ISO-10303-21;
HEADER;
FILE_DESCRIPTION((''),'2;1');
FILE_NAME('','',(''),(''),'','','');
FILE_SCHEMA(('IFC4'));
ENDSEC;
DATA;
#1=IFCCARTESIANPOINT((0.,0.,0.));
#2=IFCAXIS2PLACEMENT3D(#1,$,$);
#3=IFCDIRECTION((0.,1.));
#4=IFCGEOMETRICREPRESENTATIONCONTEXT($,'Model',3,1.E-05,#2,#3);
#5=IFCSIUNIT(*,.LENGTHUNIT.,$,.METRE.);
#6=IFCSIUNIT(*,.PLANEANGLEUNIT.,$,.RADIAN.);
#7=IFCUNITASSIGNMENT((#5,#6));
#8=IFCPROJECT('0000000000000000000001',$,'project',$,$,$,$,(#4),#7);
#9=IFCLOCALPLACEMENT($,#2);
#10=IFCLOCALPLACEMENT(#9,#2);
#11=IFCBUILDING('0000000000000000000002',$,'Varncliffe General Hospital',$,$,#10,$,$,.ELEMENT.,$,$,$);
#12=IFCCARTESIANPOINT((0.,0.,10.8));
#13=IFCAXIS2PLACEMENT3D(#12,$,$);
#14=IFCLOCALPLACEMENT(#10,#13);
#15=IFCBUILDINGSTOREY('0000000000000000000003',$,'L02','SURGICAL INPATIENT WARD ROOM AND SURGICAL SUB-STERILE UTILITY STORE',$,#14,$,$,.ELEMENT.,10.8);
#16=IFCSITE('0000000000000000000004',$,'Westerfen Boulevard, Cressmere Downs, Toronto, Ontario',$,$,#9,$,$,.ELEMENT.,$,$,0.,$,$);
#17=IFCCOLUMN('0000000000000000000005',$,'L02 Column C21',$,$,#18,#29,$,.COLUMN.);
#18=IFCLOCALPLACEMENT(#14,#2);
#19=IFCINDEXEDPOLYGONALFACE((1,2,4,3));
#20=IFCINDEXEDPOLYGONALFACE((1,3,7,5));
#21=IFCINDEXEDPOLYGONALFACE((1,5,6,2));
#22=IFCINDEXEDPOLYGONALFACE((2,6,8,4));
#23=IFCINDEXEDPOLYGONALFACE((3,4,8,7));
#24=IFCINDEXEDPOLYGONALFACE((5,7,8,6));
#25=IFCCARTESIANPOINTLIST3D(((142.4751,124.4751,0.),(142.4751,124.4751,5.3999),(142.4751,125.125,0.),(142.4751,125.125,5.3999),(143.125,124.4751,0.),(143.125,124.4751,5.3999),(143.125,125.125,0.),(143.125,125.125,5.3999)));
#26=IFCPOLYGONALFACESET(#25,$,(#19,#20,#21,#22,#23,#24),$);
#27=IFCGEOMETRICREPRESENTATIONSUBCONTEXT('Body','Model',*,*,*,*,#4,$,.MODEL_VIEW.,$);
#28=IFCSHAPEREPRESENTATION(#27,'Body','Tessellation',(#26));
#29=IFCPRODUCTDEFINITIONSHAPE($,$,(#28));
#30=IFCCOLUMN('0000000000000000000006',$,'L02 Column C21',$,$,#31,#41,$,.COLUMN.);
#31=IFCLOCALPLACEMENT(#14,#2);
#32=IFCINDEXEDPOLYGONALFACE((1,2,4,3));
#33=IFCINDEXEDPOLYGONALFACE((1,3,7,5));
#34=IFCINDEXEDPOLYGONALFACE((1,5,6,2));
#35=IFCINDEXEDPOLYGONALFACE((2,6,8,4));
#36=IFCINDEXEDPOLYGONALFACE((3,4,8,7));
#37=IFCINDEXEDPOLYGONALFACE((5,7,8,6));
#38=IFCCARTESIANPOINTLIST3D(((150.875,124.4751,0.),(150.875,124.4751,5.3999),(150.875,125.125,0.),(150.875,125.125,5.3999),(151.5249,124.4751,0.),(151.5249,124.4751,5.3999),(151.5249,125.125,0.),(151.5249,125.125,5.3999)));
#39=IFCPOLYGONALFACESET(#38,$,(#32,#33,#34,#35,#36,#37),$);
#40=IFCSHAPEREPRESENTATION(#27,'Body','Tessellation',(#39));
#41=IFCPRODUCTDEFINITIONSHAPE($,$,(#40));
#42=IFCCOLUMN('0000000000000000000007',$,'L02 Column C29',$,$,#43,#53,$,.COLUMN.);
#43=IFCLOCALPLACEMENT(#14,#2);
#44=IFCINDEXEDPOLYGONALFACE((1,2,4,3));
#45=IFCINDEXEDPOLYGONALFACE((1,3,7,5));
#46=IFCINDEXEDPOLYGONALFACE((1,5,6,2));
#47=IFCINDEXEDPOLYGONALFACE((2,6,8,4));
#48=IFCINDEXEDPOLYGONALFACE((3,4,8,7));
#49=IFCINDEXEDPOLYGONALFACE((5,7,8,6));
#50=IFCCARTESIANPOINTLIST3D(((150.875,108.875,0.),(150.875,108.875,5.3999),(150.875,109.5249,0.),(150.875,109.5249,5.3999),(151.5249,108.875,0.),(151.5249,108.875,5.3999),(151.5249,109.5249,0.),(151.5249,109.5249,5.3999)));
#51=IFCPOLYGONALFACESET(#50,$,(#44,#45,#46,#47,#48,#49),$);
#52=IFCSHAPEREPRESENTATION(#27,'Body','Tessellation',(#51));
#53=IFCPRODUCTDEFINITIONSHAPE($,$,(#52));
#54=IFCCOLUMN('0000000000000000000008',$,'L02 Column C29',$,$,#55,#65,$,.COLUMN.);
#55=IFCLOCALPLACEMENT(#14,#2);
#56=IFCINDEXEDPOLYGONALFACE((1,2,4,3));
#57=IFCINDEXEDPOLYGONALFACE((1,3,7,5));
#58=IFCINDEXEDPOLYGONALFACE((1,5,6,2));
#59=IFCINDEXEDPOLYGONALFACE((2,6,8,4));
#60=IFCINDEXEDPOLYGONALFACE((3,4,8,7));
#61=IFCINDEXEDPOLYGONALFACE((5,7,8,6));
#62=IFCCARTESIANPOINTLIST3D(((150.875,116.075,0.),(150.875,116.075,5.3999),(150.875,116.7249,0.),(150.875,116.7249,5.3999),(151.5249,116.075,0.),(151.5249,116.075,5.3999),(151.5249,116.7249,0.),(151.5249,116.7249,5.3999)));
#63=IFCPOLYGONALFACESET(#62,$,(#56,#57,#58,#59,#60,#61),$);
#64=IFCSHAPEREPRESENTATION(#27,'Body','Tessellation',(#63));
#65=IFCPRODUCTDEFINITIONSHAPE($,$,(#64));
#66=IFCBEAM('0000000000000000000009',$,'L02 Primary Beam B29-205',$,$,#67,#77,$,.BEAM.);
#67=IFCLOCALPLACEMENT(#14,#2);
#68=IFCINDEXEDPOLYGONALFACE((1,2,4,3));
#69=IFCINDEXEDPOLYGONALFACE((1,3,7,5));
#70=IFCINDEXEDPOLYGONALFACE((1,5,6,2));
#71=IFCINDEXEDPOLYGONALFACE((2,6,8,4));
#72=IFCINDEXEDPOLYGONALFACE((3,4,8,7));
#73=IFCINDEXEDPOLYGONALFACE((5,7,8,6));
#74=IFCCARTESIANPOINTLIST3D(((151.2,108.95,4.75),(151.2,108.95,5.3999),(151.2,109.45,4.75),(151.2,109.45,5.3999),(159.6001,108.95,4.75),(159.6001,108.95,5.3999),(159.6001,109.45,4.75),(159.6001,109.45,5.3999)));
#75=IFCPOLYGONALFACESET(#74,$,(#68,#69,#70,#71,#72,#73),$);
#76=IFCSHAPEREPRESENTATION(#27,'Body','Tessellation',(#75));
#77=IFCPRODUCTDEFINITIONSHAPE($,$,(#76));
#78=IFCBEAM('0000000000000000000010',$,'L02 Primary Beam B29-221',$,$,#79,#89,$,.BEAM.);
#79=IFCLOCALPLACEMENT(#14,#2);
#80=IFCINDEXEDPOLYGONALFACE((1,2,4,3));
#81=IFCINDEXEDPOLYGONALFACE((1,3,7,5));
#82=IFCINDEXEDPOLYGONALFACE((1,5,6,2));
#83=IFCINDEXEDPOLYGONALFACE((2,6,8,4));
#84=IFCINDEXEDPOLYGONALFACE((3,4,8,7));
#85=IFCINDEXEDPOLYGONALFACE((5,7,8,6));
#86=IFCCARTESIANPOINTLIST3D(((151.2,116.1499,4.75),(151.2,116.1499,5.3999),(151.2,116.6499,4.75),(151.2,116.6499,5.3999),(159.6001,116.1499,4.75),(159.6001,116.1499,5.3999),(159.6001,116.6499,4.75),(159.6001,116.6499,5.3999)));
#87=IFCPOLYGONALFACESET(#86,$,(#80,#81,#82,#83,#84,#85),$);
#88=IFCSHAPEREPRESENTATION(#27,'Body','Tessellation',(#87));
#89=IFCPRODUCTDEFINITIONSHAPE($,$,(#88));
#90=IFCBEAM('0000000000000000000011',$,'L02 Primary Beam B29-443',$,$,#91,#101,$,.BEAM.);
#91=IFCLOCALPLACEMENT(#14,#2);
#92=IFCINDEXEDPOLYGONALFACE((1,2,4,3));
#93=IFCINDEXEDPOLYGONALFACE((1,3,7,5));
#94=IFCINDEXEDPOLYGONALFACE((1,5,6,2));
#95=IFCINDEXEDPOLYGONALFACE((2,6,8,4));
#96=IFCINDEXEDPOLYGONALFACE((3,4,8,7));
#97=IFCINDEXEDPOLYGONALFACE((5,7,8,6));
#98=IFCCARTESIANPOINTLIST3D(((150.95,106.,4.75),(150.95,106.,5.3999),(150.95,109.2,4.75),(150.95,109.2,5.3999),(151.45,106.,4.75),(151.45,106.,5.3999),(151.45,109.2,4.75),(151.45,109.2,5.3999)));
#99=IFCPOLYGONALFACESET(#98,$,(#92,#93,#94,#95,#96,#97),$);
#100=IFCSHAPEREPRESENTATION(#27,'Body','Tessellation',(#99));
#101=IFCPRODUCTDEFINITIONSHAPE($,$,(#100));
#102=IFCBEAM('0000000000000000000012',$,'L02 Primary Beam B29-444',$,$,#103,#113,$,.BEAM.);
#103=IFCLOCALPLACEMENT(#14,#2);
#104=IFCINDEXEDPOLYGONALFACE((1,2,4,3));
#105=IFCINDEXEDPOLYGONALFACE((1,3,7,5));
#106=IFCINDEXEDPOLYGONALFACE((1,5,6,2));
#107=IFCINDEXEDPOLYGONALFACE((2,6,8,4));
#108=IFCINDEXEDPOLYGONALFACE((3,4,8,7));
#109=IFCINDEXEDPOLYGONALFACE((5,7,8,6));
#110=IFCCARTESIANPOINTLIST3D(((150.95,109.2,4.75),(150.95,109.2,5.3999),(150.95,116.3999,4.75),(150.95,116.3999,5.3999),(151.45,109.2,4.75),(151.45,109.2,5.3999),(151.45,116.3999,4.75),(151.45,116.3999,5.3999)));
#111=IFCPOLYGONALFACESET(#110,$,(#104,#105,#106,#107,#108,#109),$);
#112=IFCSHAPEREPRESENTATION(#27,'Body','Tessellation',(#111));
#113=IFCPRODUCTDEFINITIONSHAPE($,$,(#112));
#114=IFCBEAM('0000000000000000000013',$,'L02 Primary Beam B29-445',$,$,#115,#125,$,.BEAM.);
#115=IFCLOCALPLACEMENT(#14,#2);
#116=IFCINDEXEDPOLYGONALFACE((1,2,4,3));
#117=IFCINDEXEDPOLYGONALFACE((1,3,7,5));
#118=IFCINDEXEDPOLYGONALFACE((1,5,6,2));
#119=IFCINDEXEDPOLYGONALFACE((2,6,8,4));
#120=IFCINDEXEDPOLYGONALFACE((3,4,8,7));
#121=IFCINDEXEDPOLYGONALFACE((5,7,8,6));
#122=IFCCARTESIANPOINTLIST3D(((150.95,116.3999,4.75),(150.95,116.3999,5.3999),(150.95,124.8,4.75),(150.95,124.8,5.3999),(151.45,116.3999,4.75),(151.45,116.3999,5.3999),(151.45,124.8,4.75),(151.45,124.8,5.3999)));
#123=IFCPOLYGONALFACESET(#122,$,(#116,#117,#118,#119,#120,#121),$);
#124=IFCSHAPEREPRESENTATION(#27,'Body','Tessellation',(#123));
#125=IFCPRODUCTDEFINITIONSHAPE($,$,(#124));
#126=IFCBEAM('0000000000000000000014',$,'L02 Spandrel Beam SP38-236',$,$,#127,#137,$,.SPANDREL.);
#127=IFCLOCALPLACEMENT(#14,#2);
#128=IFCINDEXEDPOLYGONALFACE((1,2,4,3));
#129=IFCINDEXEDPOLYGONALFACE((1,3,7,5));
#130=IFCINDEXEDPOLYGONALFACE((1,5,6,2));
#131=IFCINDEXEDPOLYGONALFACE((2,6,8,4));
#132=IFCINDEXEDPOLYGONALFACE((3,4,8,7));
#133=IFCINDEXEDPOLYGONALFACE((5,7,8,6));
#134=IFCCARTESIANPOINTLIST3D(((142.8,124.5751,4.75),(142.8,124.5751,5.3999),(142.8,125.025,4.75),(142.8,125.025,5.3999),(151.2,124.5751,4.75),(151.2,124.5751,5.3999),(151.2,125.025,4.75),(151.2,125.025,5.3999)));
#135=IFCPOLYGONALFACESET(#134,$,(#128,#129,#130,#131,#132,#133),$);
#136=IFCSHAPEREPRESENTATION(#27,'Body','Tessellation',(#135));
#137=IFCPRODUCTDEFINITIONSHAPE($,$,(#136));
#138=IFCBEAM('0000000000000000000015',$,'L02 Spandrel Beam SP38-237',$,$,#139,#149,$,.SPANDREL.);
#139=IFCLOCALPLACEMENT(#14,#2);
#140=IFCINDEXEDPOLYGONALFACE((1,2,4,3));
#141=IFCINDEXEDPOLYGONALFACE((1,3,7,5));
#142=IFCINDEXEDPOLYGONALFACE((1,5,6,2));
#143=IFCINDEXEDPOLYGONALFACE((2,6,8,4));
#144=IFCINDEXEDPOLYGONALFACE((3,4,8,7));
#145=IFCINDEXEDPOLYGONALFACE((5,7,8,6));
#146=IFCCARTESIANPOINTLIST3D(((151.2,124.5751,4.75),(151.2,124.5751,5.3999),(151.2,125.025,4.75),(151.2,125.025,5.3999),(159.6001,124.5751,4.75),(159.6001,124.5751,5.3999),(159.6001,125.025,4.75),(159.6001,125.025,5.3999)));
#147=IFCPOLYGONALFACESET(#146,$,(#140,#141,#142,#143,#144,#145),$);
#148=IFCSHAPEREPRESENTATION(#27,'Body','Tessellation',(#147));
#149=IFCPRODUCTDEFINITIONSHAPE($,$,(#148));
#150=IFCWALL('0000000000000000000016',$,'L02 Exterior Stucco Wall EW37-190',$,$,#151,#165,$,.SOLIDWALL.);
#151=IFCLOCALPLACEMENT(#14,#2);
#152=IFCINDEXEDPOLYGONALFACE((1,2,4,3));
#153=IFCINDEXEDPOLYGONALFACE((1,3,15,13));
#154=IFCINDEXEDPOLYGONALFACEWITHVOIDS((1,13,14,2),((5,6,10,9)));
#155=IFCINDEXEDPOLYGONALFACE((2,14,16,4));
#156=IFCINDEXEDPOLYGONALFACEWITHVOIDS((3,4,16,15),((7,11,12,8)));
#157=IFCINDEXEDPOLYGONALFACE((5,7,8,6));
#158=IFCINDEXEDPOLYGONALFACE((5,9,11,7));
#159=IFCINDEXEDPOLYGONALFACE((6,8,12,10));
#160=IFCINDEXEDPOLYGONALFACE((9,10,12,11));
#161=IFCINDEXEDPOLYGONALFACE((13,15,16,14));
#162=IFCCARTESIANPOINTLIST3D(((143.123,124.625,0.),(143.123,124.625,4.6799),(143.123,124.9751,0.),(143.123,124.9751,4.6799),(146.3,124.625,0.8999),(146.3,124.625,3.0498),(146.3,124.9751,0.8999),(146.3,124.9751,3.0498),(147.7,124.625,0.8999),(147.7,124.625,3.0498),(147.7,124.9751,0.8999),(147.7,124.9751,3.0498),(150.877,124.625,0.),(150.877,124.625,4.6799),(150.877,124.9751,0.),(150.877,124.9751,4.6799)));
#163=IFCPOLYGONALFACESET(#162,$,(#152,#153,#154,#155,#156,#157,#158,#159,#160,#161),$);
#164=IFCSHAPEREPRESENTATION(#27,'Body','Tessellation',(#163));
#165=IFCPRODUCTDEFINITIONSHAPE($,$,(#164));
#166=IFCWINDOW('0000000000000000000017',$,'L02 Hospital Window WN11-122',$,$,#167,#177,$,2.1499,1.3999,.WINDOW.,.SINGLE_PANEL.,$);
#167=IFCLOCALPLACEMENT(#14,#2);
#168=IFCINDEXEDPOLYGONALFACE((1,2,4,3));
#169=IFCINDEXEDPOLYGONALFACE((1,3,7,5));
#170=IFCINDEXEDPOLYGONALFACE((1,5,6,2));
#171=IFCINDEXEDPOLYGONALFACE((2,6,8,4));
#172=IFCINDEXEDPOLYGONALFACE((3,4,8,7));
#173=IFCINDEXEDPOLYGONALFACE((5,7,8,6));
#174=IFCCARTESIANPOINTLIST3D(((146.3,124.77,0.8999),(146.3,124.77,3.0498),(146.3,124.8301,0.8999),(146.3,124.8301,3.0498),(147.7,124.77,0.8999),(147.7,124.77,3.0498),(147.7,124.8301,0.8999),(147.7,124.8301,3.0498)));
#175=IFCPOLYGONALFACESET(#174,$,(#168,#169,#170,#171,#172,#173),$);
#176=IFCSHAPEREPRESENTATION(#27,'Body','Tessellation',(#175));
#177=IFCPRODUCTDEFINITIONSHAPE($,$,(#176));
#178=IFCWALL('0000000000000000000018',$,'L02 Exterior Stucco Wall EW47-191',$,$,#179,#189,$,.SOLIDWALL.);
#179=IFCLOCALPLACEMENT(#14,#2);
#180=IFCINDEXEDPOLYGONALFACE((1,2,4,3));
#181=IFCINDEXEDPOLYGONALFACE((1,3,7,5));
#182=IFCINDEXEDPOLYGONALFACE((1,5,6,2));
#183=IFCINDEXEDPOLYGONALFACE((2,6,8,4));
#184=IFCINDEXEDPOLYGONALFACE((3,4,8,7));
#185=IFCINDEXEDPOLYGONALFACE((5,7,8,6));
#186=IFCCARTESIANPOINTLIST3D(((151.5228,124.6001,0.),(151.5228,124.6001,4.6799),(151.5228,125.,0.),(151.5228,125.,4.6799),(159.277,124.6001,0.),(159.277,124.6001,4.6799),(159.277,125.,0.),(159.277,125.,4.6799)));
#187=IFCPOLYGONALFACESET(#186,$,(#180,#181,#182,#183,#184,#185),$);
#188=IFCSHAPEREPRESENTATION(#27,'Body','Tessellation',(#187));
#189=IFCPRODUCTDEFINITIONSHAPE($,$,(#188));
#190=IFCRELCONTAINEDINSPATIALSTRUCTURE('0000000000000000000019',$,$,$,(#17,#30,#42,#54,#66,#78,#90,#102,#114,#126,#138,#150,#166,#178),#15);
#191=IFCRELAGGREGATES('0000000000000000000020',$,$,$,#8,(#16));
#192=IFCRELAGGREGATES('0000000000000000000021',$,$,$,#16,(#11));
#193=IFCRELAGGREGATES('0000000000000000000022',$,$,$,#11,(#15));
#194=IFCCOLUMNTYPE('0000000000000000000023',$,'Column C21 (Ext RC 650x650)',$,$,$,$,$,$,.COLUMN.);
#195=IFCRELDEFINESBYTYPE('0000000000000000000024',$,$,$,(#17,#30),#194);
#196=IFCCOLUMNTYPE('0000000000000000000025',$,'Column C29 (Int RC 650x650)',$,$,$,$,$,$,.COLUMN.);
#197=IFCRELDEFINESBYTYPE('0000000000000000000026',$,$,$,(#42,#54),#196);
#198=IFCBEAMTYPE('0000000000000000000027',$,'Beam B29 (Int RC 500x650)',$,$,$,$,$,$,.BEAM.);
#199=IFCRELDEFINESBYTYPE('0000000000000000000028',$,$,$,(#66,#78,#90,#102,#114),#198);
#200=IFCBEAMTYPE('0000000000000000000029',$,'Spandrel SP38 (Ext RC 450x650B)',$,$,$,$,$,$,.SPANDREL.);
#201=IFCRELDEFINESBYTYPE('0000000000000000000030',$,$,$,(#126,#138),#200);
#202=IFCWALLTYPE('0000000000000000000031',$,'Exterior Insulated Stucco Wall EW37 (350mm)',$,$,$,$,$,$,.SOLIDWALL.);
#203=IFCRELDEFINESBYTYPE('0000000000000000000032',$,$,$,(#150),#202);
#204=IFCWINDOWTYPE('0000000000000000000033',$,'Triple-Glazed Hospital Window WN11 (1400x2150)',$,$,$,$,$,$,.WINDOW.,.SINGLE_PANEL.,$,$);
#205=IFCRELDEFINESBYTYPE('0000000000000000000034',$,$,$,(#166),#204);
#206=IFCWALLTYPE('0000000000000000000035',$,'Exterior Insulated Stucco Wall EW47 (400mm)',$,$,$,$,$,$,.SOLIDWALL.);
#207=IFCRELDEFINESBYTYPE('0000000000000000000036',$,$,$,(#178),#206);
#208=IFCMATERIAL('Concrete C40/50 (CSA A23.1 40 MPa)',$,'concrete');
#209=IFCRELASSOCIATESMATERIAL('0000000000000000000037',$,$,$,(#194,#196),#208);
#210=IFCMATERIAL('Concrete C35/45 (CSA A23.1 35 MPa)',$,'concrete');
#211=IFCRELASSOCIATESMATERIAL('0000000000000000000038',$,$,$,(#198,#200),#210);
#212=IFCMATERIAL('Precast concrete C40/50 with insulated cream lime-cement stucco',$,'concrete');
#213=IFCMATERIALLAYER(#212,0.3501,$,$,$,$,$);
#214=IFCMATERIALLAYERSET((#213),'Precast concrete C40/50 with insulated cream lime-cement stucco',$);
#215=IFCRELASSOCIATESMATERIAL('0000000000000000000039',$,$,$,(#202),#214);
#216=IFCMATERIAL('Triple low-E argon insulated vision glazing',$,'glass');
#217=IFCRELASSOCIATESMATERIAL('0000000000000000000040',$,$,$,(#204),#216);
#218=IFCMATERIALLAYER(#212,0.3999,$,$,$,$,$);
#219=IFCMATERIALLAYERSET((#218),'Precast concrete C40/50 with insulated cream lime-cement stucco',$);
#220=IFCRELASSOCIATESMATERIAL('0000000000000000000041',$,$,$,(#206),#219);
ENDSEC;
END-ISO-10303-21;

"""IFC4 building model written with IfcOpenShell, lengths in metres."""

from ifc_helpers import new_model, si_unit, direction, frame, frame_2d, origin, origin_2d, place, context, subcontext, project, spatial, rectangle, extrude, material, layer, layer_set, material_profile, profile_set, type_object, element, fill, save


model = new_model("IFC4")

# Units and contexts
model_context = context("Model", 3, precision=1e-05, world=origin(), true_north=direction((0.0, 1.0)))
body_context = subcontext(model_context, "Body", "Model", "MODEL_VIEW")
ifc_project = project(units=[si_unit("LENGTHUNIT", "METRE"), si_unit("PLANEANGLEUNIT", "RADIAN")], contexts=[model_context])

# Site, building, storey
site_placement = place(None, origin())
site = spatial("IfcSite", under=ifc_project, at=site_placement, Name="Westerfen Boulevard, Cressmere Downs, Toronto, Ontario", CompositionType="ELEMENT", RefElevation=0.0)
building_placement = place(site_placement, origin())
building = spatial("IfcBuilding", under=site, at=building_placement, Name="Varncliffe General Hospital", CompositionType="ELEMENT")
storey_placement = place(building_placement, frame((0.0, 0.0, 10.8)))
storey = spatial("IfcBuildingStorey", under=building, at=storey_placement, Name="L02", Description="SURGICAL INPATIENT WARD ROOM AND SURGICAL SUB-STERILE UTILITY STORE", CompositionType="ELEMENT", Elevation=10.8)

# Columns
ifc_material_1 = material(Name="Concrete C40/50 (CSA A23.1 40 MPa)", Category="concrete")
ifc_material_profile_1 = material_profile(ifc_material_1, rectangle(XDim=0.6499, YDim=0.6499, at=origin_2d()), Name="RC 650x650")
ifc_profile_set_1 = profile_set([ifc_material_profile_1], Name="Concrete C40/50 (CSA A23.1 40 MPa)")
column_type_1 = type_object("IfcColumnType", Name="Column C21 (Ext RC 650x650)", PredefinedType="COLUMN", material=ifc_profile_set_1)
for number, where, z_axis, x_axis, name in (
    (1, (142.8, 124.8, 0.0), (0.0, 0.0, 1.0), (1.0, 0.0, 0.0), "L02 Column C21"),
    (2, (151.2, 124.8, 0.0), (0.0, 0.0, 1.0), (1.0, 0.0, 0.0), "L02 Column C21"),
):
    element("IfcColumn", number, at=place(storey_placement, frame(where, z_axis=z_axis, x_axis=x_axis)), inside=storey, type_object=column_type_1, Name=name, PredefinedType="COLUMN", context=body_context, shape_type="SweptSolid", body=[
        extrude(rectangle(XDim=0.6499, YDim=0.6499, at=origin_2d()), origin(), (0.0, 0.0, 1.0), 5.3999),
    ])
ifc_material_profile_2 = material_profile(ifc_material_1, rectangle(XDim=0.6499, YDim=0.6499, at=origin_2d()), Name="RC 650x650")
ifc_profile_set_2 = profile_set([ifc_material_profile_2], Name="Concrete C40/50 (CSA A23.1 40 MPa)")
column_type_2 = type_object("IfcColumnType", Name="Column C29 (Int RC 650x650)", PredefinedType="COLUMN", material=ifc_profile_set_2)
for number, where, z_axis, x_axis, name in (
    (3, (151.2, 109.2, 0.0), (0.0, 0.0, 1.0), (1.0, 0.0, 0.0), "L02 Column C29"),
    (4, (151.2, 116.3999, 0.0), (0.0, 0.0, 1.0), (1.0, 0.0, 0.0), "L02 Column C29"),
):
    element("IfcColumn", number, at=place(storey_placement, frame(where, z_axis=z_axis, x_axis=x_axis)), inside=storey, type_object=column_type_2, Name=name, PredefinedType="COLUMN", context=body_context, shape_type="SweptSolid", body=[
        extrude(rectangle(XDim=0.6499, YDim=0.6499, at=origin_2d()), origin(), (0.0, 0.0, 1.0), 5.3999),
    ])

# Beams
ifc_material_2 = material(Name="Concrete C35/45 (CSA A23.1 35 MPa)", Category="concrete")
ifc_material_profile_3 = material_profile(ifc_material_2, rectangle(XDim=0.5, YDim=0.6499, at=origin_2d()), Name="RC 500x650")
ifc_profile_set_3 = profile_set([ifc_material_profile_3], Name="Concrete C35/45 (CSA A23.1 35 MPa)")
beam_type_1 = type_object("IfcBeamType", Name="Beam B29 (Int RC 500x650)", PredefinedType="BEAM", material=ifc_profile_set_3)
for number, where, z_axis, x_axis, name in (
    (5, (151.2, 109.2, 5.075), (1.0, 0.0, 0.0), (0.0, 1.0, 0.0), "L02 Primary Beam B29-205"),
    (6, (151.2, 116.3999, 5.075), (1.0, 0.0, 0.0), (0.0, 1.0, 0.0), "L02 Primary Beam B29-221"),
):
    element("IfcBeam", number, at=place(storey_placement, frame(where, z_axis=z_axis, x_axis=x_axis)), inside=storey, type_object=beam_type_1, Name=name, PredefinedType="BEAM", context=body_context, shape_type="SweptSolid", body=[
        extrude(rectangle(XDim=0.5, YDim=0.6499, at=origin_2d()), origin(), (0.0, 0.0, 1.0), 8.4001),
    ])
beam_1_placement = place(storey_placement, frame((151.2, 106.0, 5.075), z_axis=(0.0, 1.0, 0.0), x_axis=(-1.0, 0.0, 0.0)))
element("IfcBeam", 7, at=beam_1_placement, inside=storey, type_object=beam_type_1, Name="L02 Primary Beam B29-443", PredefinedType="BEAM", context=body_context, shape_type="SweptSolid", body=[
    extrude(rectangle(XDim=0.5, YDim=0.6499, at=origin_2d()), origin(), (0.0, 0.0, 1.0), 3.2),
])
beam_2_placement = place(storey_placement, frame((151.2, 109.2, 5.075), z_axis=(0.0, 1.0, 0.0), x_axis=(-1.0, 0.0, 0.0)))
element("IfcBeam", 8, at=beam_2_placement, inside=storey, type_object=beam_type_1, Name="L02 Primary Beam B29-444", PredefinedType="BEAM", context=body_context, shape_type="SweptSolid", body=[
    extrude(rectangle(XDim=0.5, YDim=0.6499, at=origin_2d()), origin(), (0.0, 0.0, 1.0), 7.2),
])
beam_3_placement = place(storey_placement, frame((151.2, 116.3999, 5.075), z_axis=(0.0, 1.0, 0.0), x_axis=(-1.0, 0.0, 0.0)))
element("IfcBeam", 9, at=beam_3_placement, inside=storey, type_object=beam_type_1, Name="L02 Primary Beam B29-445", PredefinedType="BEAM", context=body_context, shape_type="SweptSolid", body=[
    extrude(rectangle(XDim=0.5, YDim=0.6499, at=origin_2d()), origin(), (0.0, 0.0, 1.0), 8.4001),
])
ifc_material_profile_4 = material_profile(ifc_material_2, rectangle(XDim=0.45, YDim=0.6499, at=origin_2d()), Name="RC 450x650")
ifc_profile_set_4 = profile_set([ifc_material_profile_4], Name="Concrete C35/45 (CSA A23.1 35 MPa)")
beam_type_2 = type_object("IfcBeamType", Name="Spandrel SP38 (Ext RC 450x650B)", PredefinedType="SPANDREL", material=ifc_profile_set_4)
beam_4_placement = place(storey_placement, frame((142.8, 124.8, 5.075), z_axis=(1.0, 0.0, 0.0), x_axis=(0.0, 1.0, 0.0)))
element("IfcBeam", 10, at=beam_4_placement, inside=storey, type_object=beam_type_2, Name="L02 Spandrel Beam SP38-236", PredefinedType="SPANDREL", context=body_context, shape_type="SweptSolid", body=[
    extrude(rectangle(XDim=0.45, YDim=0.6499, at=origin_2d()), origin(), (0.0, 0.0, 1.0), 8.3999),
])
beam_5_placement = place(storey_placement, frame((151.2, 124.8, 5.075), z_axis=(1.0, 0.0, 0.0), x_axis=(0.0, 1.0, 0.0)))
element("IfcBeam", 11, at=beam_5_placement, inside=storey, type_object=beam_type_2, Name="L02 Spandrel Beam SP38-237", PredefinedType="SPANDREL", context=body_context, shape_type="SweptSolid", body=[
    extrude(rectangle(XDim=0.45, YDim=0.6499, at=origin_2d()), origin(), (0.0, 0.0, 1.0), 8.4001),
])

# Wall, opening, window
ifc_material_3 = material(Name="Precast concrete C40/50 with insulated cream lime-cement stucco", Category="concrete")
ifc_layer_1 = layer(ifc_material_3, 0.3501)
ifc_layer_set_1 = layer_set([ifc_layer_1], Name="Precast concrete C40/50 with insulated cream lime-cement stucco")
wall_type_1 = type_object("IfcWallType", Name="Exterior Insulated Stucco Wall EW37 (350mm)", PredefinedType="SOLIDWALL", material=ifc_layer_set_1)
wall_1_placement = place(storey_placement, frame((143.123, 124.8, 0.0), z_axis=(0.0, 0.0, 1.0), x_axis=(1.0, 0.0, 0.0)))
wall_1 = element("IfcWall", 12, at=wall_1_placement, inside=storey, type_object=wall_type_1, Name="L02 Exterior Stucco Wall EW37-190", PredefinedType="SOLIDWALL", context=body_context, shape_type="SweptSolid", body=[
    extrude(rectangle(XDim=7.7539, YDim=0.3501, at=frame_2d((3.877, 0.0))), origin(), (0.0, 0.0, 1.0), 4.6799),
])
opening_1_placement = place(wall_1_placement, frame((3.177, 0.0, 0.8999)))
opening_1 = element("IfcOpeningElement", 13, at=opening_1_placement, cuts=wall_1, PredefinedType="OPENING", context=body_context, shape_type="SweptSolid", body=[
    extrude(rectangle(XDim=1.3999, YDim=2.1499, at=frame_2d((0.7, 1.075))), frame((0.0, 0.1851, 0.0), z_axis=(0.0, -1.0, 0.0), x_axis=(1.0, 0.0, 0.0)), (0.0, 0.0, 1.0), 0.3701),
])
ifc_material_4 = material(Name="Triple low-E argon insulated vision glazing", Category="glass")
window_type = type_object("IfcWindowType", Name="Triple-Glazed Hospital Window WN11 (1400x2150)", PartitioningType="SINGLE_PANEL", PredefinedType="WINDOW", material=ifc_material_4)
window_placement = place(opening_1_placement, origin())
window = element("IfcWindow", 14, at=window_placement, inside=storey, type_object=window_type, Name="L02 Hospital Window WN11-122", OverallHeight=2.1499, OverallWidth=1.3999, PartitioningType="SINGLE_PANEL", PredefinedType="WINDOW", context=body_context, shape_type="SweptSolid", body=[
    extrude(rectangle(XDim=1.3999, YDim=2.1499, at=frame_2d((0.7, 1.075))), frame((0.0, 0.03, 0.0), z_axis=(0.0, -1.0, 0.0), x_axis=(1.0, 0.0, 0.0)), (0.0, 0.0, 1.0), 0.0601),
])
fill(opening_1, window)

# Wall
ifc_layer_2 = layer(ifc_material_3, 0.3999)
ifc_layer_set_2 = layer_set([ifc_layer_2], Name="Precast concrete C40/50 with insulated cream lime-cement stucco")
wall_type_2 = type_object("IfcWallType", Name="Exterior Insulated Stucco Wall EW47 (400mm)", PredefinedType="SOLIDWALL", material=ifc_layer_set_2)
wall_2_placement = place(storey_placement, frame((151.5229, 124.8, 0.0), z_axis=(0.0, 0.0, 1.0), x_axis=(1.0, 0.0, 0.0)))
element("IfcWall", 15, at=wall_2_placement, inside=storey, type_object=wall_type_2, Name="L02 Exterior Stucco Wall EW47-191", PredefinedType="SOLIDWALL", context=body_context, shape_type="SweptSolid", body=[
    extrude(rectangle(XDim=7.7542, YDim=0.3999, at=frame_2d((3.877, 0.0))), origin(), (0.0, 0.0, 1.0), 4.6799),
])

save(model, "model.ifc")
